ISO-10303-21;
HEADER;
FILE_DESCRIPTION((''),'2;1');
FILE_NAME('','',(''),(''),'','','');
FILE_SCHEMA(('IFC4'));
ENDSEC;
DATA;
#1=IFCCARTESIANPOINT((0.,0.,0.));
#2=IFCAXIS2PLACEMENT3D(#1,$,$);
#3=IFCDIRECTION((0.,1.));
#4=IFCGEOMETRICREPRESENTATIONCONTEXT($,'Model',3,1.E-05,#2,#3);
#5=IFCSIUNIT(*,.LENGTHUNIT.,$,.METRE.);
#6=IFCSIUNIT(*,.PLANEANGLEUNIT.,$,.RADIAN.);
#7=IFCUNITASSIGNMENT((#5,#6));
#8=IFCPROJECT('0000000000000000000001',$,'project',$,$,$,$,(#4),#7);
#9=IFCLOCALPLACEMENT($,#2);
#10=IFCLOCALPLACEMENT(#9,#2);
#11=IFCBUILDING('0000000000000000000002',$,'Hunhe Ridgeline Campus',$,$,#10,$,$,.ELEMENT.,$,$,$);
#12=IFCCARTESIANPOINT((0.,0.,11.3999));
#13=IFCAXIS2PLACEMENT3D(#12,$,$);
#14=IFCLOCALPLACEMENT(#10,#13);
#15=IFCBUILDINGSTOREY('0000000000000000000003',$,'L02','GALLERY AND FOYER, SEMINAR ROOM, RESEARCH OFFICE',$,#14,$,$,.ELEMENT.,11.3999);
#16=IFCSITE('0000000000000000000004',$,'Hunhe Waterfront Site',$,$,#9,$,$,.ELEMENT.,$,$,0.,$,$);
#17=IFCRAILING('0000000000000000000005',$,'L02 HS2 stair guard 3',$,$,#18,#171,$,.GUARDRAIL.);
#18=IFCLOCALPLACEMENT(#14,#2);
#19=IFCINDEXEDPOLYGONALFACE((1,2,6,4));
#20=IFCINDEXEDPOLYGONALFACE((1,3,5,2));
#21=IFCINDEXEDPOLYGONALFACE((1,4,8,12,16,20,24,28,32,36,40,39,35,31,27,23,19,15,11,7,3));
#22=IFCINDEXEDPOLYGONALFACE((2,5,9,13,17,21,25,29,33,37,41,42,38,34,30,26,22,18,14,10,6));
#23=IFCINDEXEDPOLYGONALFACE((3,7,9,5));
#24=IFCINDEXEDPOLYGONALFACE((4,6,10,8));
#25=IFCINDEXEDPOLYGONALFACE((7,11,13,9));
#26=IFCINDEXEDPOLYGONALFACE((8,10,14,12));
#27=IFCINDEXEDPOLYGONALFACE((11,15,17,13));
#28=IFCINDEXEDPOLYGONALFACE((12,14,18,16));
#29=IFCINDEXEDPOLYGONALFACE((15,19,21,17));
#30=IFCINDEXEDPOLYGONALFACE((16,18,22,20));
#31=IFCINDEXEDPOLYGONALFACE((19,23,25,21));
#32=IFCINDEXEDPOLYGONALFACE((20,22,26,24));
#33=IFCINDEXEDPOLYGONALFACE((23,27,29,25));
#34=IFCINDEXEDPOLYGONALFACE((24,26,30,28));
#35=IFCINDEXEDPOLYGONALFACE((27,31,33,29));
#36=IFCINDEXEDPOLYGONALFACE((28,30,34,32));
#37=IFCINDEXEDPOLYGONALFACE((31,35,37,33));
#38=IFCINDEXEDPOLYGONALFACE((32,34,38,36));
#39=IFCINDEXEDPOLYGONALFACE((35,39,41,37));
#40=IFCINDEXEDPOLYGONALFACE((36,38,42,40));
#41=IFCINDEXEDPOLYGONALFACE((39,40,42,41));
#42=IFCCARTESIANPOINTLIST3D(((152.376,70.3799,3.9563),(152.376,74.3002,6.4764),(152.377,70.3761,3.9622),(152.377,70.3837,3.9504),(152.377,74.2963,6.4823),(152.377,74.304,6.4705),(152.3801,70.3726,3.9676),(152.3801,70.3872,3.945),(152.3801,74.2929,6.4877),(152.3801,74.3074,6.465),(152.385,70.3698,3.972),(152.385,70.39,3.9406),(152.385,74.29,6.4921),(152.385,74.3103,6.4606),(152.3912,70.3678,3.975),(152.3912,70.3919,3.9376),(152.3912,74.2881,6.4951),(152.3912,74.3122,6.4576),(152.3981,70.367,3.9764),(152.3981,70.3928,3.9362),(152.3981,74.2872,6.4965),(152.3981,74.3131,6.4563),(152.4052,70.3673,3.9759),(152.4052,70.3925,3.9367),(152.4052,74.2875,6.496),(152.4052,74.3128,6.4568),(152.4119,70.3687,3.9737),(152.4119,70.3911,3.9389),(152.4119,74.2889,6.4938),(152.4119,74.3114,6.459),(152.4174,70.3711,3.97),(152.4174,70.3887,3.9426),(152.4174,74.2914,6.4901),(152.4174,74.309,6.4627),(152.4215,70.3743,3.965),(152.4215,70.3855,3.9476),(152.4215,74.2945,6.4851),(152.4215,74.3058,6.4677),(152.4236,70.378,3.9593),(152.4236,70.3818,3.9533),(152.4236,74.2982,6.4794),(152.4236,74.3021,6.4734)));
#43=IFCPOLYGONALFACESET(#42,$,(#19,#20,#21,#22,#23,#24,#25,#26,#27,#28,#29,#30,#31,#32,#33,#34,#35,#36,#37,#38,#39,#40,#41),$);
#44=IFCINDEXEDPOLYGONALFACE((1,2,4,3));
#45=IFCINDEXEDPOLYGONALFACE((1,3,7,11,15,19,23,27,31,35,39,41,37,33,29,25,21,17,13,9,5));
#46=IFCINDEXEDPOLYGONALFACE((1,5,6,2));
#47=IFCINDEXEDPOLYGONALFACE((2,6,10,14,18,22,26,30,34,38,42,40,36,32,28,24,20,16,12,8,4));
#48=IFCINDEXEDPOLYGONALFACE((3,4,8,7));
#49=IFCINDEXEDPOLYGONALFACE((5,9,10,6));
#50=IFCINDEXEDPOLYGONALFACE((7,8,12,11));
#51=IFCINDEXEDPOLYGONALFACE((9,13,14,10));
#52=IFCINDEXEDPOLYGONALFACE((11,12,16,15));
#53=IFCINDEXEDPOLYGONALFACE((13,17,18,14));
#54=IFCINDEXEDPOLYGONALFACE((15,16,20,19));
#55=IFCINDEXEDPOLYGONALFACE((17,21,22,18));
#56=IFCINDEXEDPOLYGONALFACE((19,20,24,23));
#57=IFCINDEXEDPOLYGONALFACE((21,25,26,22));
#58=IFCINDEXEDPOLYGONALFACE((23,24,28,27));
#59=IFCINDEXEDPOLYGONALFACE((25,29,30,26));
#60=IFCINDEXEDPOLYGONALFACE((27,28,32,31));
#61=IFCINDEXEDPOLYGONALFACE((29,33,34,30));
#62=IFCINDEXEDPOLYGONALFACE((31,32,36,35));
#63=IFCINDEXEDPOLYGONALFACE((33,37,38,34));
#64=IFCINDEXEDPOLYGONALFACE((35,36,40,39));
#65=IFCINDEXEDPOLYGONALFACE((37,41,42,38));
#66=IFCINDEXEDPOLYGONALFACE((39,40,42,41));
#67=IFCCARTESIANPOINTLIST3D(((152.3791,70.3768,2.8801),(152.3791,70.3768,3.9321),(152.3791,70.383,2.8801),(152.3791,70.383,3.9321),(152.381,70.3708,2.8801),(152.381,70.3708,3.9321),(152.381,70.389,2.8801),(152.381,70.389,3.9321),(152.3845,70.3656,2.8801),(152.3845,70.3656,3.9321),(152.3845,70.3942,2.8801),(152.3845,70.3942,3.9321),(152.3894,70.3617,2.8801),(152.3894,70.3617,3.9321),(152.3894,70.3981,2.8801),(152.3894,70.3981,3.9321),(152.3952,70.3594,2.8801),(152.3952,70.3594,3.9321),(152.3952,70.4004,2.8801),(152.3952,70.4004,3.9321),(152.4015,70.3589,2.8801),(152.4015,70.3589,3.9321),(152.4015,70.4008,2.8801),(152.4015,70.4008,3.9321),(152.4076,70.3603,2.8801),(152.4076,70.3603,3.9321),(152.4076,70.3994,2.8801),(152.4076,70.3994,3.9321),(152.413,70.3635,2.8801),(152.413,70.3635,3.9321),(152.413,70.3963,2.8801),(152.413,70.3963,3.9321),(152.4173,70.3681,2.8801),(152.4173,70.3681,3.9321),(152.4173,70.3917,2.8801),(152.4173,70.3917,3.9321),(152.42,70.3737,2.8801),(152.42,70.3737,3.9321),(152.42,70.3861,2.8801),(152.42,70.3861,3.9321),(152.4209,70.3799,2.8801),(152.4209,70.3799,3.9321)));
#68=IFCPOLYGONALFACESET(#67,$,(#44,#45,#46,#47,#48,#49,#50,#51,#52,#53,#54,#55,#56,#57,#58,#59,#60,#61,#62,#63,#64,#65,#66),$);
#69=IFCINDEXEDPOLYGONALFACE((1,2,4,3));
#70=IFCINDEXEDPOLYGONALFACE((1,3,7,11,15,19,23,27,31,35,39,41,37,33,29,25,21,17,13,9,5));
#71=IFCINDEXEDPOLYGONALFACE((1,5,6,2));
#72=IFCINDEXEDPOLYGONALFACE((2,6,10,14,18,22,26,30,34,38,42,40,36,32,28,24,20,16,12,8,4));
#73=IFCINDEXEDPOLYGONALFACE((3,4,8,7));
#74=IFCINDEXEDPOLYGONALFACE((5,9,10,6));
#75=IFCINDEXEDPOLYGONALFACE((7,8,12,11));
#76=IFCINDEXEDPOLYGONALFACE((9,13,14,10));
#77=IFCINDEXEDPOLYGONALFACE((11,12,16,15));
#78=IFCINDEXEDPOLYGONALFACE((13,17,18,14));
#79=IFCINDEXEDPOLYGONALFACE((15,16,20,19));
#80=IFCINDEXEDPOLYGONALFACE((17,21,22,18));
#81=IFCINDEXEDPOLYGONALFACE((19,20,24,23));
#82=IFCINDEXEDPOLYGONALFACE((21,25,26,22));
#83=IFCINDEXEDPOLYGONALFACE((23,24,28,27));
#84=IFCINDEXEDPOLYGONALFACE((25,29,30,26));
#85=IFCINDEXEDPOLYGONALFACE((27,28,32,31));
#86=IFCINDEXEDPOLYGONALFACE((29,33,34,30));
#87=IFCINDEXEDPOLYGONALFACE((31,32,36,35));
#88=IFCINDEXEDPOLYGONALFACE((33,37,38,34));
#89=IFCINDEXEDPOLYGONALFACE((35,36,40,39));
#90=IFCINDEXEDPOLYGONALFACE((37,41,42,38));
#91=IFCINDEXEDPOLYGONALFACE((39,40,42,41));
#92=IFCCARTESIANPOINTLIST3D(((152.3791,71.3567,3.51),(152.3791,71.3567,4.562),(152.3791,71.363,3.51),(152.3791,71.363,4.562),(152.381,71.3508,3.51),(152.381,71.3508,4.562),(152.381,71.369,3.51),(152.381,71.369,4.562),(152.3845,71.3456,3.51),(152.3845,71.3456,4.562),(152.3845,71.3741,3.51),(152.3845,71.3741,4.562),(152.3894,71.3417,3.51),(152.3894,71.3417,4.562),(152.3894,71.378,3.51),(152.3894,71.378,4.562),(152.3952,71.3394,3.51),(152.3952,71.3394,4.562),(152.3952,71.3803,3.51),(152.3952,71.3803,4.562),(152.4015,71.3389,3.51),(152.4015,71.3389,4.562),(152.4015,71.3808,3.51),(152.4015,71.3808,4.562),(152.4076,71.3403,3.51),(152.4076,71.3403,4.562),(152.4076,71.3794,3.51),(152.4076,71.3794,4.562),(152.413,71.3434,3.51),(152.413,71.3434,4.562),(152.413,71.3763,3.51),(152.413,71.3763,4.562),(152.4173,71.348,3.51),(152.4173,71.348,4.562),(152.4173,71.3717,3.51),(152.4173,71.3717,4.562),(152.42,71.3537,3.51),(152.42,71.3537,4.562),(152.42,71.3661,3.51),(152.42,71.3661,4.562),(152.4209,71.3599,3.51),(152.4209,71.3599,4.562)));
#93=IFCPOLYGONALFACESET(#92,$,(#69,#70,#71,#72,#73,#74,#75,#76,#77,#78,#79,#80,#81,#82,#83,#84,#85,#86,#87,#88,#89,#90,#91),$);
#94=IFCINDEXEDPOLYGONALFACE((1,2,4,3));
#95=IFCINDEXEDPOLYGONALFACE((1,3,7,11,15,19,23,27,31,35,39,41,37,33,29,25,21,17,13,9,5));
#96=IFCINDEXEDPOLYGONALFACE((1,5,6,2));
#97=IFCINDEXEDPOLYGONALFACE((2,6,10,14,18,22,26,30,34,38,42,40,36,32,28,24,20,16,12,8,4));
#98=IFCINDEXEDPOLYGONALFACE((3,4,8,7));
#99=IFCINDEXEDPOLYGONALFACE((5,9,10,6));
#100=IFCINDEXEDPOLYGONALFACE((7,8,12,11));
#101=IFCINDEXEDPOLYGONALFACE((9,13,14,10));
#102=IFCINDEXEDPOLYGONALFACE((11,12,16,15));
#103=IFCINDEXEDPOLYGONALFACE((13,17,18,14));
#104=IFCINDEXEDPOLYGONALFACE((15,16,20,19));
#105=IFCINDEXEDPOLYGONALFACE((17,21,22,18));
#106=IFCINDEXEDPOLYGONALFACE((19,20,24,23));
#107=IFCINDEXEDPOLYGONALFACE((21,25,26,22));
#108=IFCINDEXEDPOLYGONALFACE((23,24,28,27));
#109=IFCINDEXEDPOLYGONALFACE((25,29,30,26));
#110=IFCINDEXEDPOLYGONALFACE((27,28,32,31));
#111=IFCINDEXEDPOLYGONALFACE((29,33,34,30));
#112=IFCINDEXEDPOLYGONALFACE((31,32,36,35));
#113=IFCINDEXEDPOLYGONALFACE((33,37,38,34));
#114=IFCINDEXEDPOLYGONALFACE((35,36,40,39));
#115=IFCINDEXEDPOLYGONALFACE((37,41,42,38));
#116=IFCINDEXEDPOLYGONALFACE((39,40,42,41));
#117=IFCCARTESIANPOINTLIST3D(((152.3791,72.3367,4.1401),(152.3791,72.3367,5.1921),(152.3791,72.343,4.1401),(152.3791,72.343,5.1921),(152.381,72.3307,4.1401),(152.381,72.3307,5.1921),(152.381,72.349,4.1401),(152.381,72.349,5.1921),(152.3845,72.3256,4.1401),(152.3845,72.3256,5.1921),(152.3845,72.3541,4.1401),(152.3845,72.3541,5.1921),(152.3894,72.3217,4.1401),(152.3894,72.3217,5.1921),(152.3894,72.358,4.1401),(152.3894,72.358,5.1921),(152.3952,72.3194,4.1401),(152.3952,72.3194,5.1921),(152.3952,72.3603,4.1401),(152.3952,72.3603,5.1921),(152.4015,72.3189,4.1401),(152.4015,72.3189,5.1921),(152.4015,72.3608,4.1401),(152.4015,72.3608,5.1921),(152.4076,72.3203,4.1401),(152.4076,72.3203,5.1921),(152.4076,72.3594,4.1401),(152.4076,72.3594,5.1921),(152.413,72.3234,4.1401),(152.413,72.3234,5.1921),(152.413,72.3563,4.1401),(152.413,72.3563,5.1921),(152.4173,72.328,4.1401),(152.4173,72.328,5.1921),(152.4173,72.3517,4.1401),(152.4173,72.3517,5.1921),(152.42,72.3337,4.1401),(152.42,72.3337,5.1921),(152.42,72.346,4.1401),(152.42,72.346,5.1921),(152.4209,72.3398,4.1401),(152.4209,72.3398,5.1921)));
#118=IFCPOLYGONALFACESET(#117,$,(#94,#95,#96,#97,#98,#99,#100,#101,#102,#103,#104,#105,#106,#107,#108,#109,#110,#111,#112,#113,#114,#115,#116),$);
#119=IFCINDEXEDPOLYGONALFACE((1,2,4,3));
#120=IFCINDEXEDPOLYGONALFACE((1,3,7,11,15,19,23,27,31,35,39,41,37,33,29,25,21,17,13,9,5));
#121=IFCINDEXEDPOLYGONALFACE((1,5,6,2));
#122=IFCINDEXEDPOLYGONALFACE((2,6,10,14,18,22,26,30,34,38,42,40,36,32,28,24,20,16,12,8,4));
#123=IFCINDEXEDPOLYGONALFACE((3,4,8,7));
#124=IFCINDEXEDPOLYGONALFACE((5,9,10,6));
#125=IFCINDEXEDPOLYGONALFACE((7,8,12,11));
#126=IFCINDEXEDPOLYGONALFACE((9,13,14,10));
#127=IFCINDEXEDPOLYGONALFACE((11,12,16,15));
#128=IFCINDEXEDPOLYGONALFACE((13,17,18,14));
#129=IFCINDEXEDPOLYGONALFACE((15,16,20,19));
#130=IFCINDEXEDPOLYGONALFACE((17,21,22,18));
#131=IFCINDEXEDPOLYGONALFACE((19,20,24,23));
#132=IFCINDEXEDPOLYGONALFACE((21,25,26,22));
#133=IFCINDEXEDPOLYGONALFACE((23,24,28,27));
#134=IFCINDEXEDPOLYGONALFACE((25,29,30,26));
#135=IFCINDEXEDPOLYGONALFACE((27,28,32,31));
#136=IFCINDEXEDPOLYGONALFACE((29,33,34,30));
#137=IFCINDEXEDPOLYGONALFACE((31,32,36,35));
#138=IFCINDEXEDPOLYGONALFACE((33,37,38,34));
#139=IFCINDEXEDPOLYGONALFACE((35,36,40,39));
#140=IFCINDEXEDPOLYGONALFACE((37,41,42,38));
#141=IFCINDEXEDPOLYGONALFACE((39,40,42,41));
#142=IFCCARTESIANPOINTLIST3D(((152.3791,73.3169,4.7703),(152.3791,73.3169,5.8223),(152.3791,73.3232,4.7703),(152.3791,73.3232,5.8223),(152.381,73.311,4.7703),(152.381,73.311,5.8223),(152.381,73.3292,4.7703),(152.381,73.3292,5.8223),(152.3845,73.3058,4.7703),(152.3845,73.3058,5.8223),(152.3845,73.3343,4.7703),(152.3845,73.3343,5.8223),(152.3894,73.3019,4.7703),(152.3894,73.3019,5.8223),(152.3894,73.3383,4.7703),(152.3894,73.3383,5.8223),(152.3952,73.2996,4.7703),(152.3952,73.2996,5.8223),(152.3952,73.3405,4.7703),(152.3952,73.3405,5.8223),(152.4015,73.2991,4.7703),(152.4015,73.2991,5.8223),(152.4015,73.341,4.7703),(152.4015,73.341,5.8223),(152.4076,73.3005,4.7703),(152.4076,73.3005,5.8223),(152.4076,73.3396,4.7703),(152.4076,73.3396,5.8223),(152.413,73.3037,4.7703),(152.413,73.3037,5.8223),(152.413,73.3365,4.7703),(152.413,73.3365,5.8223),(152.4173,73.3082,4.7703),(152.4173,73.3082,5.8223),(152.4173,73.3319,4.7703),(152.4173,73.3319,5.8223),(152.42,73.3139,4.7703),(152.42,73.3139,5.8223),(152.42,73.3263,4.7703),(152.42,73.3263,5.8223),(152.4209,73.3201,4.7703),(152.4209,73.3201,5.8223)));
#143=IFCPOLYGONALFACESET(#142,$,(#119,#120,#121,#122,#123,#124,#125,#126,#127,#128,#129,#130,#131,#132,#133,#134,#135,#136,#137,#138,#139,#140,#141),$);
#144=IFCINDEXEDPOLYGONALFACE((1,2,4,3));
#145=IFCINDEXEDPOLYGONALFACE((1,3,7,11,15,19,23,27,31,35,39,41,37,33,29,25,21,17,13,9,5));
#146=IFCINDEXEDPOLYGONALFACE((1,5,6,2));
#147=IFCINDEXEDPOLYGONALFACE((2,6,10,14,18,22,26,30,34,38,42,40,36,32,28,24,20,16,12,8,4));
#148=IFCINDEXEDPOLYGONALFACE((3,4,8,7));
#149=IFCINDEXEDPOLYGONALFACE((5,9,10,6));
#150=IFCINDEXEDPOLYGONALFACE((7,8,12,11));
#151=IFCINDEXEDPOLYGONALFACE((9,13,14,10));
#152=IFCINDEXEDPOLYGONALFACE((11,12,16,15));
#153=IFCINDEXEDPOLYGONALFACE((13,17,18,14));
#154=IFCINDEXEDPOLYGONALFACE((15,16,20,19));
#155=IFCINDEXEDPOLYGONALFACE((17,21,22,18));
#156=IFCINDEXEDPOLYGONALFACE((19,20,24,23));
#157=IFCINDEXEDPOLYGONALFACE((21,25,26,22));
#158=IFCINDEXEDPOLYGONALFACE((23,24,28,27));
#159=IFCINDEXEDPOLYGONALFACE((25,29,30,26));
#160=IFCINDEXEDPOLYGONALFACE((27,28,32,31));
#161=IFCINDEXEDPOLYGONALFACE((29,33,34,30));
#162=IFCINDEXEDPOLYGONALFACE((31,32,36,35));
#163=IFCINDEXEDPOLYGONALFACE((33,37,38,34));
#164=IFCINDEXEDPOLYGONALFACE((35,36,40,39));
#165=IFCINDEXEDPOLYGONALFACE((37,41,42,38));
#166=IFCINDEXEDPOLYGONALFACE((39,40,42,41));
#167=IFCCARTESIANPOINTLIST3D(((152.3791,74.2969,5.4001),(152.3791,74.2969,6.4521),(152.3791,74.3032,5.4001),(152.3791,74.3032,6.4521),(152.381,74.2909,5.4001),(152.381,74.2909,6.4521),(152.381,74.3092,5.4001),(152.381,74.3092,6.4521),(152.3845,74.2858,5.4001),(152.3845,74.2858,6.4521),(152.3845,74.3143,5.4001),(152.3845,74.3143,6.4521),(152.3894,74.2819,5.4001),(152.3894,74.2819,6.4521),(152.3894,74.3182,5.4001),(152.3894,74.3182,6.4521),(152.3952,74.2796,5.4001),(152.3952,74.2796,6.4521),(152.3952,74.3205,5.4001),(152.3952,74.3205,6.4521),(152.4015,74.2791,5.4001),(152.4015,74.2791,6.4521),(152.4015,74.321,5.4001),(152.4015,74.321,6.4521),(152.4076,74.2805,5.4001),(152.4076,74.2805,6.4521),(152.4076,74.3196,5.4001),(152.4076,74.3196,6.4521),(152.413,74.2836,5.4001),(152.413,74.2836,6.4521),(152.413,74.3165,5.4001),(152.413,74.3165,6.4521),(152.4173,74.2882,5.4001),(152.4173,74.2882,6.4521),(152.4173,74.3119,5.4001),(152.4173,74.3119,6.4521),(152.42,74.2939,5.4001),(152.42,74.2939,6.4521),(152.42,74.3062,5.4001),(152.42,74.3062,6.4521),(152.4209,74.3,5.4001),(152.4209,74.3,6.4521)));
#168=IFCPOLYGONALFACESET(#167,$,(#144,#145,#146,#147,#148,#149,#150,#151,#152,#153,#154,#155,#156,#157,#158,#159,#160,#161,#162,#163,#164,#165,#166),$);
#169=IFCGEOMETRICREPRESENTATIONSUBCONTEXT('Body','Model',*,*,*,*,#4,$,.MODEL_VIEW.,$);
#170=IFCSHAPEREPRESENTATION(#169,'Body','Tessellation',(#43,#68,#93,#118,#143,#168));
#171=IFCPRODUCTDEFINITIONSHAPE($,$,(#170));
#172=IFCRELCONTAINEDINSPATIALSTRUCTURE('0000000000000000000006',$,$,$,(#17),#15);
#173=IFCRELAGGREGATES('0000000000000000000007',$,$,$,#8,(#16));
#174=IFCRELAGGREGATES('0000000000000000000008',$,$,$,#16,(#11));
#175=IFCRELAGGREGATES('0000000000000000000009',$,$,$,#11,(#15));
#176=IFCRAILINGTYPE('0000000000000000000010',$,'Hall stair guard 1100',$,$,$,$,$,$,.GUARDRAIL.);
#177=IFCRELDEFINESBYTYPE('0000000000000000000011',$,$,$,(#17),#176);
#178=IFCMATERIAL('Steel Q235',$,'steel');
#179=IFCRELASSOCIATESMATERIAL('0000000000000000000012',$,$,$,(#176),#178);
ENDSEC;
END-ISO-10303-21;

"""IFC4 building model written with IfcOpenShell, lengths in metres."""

from ifc_helpers import new_model, si_unit, direction, frame, origin, origin_2d, place, context, subcontext, project, spatial, circle, extrude, material, type_object, element, save


model = new_model("IFC4")

# Units and contexts
model_context = context("Model", 3, precision=1e-05, world=origin(), true_north=direction((0.0, 1.0)))
body_context = subcontext(model_context, "Body", "Model", "MODEL_VIEW")
ifc_project = project(units=[si_unit("LENGTHUNIT", "METRE"), si_unit("PLANEANGLEUNIT", "RADIAN")], contexts=[model_context])

# Site, building, storey
site_placement = place(None, origin())
site = spatial("IfcSite", under=ifc_project, at=site_placement, Name="Hunhe Waterfront Site", CompositionType="ELEMENT", RefElevation=0.0)
building_placement = place(site_placement, origin())
building = spatial("IfcBuilding", under=site, at=building_placement, Name="Hunhe Ridgeline Campus", CompositionType="ELEMENT")
storey_placement = place(building_placement, frame((0.0, 0.0, 11.3999)))
storey = spatial("IfcBuildingStorey", under=building, at=storey_placement, Name="L02", Description="GALLERY AND FOYER, SEMINAR ROOM, RESEARCH OFFICE", CompositionType="ELEMENT", Elevation=11.3999)

# Shared definitions
ifc_material_1 = material(Name="Steel Q235", Category="steel")

# Railing
railing_type_1 = type_object("IfcRailingType", Name="Hall stair guard 1100", PredefinedType="GUARDRAIL", material=ifc_material_1)
railing_1_placement = place(storey_placement, frame((152.3999, 70.3799, 2.8801)))
element("IfcRailing", 1, at=railing_1_placement, inside=storey, type_object=railing_type_1, Name="L02 HS2 stair guard 3", PredefinedType="GUARDRAIL", context=body_context, shape_type="SweptSolid", body=[
    extrude(circle(Radius=0.0239, at=origin_2d()), frame((0.0, 0.0, 1.0762), z_axis=(0.0, 0.841187, 0.540744), x_axis=(-1.0, 0.0, 0.0)), (0.0, 0.0, 1.0), 4.6604),
    extrude(circle(Radius=0.021, at=origin_2d()), origin(), (0.0, 0.0, 1.0), 1.052),
    extrude(circle(Radius=0.021, at=origin_2d()), frame((0.0, 0.98, 0.6299)), (0.0, 0.0, 1.0), 1.052),
    extrude(circle(Radius=0.021, at=origin_2d()), frame((0.0, 1.96, 1.26)), (0.0, 0.0, 1.0), 1.052),
    extrude(circle(Radius=0.021, at=origin_2d()), frame((0.0, 2.9402, 1.8901)), (0.0, 0.0, 1.0), 1.052),
    extrude(circle(Radius=0.021, at=origin_2d()), frame((0.0, 3.9202, 2.52)), (0.0, 0.0, 1.0), 1.052),
])

save(model, "model.ifc")
